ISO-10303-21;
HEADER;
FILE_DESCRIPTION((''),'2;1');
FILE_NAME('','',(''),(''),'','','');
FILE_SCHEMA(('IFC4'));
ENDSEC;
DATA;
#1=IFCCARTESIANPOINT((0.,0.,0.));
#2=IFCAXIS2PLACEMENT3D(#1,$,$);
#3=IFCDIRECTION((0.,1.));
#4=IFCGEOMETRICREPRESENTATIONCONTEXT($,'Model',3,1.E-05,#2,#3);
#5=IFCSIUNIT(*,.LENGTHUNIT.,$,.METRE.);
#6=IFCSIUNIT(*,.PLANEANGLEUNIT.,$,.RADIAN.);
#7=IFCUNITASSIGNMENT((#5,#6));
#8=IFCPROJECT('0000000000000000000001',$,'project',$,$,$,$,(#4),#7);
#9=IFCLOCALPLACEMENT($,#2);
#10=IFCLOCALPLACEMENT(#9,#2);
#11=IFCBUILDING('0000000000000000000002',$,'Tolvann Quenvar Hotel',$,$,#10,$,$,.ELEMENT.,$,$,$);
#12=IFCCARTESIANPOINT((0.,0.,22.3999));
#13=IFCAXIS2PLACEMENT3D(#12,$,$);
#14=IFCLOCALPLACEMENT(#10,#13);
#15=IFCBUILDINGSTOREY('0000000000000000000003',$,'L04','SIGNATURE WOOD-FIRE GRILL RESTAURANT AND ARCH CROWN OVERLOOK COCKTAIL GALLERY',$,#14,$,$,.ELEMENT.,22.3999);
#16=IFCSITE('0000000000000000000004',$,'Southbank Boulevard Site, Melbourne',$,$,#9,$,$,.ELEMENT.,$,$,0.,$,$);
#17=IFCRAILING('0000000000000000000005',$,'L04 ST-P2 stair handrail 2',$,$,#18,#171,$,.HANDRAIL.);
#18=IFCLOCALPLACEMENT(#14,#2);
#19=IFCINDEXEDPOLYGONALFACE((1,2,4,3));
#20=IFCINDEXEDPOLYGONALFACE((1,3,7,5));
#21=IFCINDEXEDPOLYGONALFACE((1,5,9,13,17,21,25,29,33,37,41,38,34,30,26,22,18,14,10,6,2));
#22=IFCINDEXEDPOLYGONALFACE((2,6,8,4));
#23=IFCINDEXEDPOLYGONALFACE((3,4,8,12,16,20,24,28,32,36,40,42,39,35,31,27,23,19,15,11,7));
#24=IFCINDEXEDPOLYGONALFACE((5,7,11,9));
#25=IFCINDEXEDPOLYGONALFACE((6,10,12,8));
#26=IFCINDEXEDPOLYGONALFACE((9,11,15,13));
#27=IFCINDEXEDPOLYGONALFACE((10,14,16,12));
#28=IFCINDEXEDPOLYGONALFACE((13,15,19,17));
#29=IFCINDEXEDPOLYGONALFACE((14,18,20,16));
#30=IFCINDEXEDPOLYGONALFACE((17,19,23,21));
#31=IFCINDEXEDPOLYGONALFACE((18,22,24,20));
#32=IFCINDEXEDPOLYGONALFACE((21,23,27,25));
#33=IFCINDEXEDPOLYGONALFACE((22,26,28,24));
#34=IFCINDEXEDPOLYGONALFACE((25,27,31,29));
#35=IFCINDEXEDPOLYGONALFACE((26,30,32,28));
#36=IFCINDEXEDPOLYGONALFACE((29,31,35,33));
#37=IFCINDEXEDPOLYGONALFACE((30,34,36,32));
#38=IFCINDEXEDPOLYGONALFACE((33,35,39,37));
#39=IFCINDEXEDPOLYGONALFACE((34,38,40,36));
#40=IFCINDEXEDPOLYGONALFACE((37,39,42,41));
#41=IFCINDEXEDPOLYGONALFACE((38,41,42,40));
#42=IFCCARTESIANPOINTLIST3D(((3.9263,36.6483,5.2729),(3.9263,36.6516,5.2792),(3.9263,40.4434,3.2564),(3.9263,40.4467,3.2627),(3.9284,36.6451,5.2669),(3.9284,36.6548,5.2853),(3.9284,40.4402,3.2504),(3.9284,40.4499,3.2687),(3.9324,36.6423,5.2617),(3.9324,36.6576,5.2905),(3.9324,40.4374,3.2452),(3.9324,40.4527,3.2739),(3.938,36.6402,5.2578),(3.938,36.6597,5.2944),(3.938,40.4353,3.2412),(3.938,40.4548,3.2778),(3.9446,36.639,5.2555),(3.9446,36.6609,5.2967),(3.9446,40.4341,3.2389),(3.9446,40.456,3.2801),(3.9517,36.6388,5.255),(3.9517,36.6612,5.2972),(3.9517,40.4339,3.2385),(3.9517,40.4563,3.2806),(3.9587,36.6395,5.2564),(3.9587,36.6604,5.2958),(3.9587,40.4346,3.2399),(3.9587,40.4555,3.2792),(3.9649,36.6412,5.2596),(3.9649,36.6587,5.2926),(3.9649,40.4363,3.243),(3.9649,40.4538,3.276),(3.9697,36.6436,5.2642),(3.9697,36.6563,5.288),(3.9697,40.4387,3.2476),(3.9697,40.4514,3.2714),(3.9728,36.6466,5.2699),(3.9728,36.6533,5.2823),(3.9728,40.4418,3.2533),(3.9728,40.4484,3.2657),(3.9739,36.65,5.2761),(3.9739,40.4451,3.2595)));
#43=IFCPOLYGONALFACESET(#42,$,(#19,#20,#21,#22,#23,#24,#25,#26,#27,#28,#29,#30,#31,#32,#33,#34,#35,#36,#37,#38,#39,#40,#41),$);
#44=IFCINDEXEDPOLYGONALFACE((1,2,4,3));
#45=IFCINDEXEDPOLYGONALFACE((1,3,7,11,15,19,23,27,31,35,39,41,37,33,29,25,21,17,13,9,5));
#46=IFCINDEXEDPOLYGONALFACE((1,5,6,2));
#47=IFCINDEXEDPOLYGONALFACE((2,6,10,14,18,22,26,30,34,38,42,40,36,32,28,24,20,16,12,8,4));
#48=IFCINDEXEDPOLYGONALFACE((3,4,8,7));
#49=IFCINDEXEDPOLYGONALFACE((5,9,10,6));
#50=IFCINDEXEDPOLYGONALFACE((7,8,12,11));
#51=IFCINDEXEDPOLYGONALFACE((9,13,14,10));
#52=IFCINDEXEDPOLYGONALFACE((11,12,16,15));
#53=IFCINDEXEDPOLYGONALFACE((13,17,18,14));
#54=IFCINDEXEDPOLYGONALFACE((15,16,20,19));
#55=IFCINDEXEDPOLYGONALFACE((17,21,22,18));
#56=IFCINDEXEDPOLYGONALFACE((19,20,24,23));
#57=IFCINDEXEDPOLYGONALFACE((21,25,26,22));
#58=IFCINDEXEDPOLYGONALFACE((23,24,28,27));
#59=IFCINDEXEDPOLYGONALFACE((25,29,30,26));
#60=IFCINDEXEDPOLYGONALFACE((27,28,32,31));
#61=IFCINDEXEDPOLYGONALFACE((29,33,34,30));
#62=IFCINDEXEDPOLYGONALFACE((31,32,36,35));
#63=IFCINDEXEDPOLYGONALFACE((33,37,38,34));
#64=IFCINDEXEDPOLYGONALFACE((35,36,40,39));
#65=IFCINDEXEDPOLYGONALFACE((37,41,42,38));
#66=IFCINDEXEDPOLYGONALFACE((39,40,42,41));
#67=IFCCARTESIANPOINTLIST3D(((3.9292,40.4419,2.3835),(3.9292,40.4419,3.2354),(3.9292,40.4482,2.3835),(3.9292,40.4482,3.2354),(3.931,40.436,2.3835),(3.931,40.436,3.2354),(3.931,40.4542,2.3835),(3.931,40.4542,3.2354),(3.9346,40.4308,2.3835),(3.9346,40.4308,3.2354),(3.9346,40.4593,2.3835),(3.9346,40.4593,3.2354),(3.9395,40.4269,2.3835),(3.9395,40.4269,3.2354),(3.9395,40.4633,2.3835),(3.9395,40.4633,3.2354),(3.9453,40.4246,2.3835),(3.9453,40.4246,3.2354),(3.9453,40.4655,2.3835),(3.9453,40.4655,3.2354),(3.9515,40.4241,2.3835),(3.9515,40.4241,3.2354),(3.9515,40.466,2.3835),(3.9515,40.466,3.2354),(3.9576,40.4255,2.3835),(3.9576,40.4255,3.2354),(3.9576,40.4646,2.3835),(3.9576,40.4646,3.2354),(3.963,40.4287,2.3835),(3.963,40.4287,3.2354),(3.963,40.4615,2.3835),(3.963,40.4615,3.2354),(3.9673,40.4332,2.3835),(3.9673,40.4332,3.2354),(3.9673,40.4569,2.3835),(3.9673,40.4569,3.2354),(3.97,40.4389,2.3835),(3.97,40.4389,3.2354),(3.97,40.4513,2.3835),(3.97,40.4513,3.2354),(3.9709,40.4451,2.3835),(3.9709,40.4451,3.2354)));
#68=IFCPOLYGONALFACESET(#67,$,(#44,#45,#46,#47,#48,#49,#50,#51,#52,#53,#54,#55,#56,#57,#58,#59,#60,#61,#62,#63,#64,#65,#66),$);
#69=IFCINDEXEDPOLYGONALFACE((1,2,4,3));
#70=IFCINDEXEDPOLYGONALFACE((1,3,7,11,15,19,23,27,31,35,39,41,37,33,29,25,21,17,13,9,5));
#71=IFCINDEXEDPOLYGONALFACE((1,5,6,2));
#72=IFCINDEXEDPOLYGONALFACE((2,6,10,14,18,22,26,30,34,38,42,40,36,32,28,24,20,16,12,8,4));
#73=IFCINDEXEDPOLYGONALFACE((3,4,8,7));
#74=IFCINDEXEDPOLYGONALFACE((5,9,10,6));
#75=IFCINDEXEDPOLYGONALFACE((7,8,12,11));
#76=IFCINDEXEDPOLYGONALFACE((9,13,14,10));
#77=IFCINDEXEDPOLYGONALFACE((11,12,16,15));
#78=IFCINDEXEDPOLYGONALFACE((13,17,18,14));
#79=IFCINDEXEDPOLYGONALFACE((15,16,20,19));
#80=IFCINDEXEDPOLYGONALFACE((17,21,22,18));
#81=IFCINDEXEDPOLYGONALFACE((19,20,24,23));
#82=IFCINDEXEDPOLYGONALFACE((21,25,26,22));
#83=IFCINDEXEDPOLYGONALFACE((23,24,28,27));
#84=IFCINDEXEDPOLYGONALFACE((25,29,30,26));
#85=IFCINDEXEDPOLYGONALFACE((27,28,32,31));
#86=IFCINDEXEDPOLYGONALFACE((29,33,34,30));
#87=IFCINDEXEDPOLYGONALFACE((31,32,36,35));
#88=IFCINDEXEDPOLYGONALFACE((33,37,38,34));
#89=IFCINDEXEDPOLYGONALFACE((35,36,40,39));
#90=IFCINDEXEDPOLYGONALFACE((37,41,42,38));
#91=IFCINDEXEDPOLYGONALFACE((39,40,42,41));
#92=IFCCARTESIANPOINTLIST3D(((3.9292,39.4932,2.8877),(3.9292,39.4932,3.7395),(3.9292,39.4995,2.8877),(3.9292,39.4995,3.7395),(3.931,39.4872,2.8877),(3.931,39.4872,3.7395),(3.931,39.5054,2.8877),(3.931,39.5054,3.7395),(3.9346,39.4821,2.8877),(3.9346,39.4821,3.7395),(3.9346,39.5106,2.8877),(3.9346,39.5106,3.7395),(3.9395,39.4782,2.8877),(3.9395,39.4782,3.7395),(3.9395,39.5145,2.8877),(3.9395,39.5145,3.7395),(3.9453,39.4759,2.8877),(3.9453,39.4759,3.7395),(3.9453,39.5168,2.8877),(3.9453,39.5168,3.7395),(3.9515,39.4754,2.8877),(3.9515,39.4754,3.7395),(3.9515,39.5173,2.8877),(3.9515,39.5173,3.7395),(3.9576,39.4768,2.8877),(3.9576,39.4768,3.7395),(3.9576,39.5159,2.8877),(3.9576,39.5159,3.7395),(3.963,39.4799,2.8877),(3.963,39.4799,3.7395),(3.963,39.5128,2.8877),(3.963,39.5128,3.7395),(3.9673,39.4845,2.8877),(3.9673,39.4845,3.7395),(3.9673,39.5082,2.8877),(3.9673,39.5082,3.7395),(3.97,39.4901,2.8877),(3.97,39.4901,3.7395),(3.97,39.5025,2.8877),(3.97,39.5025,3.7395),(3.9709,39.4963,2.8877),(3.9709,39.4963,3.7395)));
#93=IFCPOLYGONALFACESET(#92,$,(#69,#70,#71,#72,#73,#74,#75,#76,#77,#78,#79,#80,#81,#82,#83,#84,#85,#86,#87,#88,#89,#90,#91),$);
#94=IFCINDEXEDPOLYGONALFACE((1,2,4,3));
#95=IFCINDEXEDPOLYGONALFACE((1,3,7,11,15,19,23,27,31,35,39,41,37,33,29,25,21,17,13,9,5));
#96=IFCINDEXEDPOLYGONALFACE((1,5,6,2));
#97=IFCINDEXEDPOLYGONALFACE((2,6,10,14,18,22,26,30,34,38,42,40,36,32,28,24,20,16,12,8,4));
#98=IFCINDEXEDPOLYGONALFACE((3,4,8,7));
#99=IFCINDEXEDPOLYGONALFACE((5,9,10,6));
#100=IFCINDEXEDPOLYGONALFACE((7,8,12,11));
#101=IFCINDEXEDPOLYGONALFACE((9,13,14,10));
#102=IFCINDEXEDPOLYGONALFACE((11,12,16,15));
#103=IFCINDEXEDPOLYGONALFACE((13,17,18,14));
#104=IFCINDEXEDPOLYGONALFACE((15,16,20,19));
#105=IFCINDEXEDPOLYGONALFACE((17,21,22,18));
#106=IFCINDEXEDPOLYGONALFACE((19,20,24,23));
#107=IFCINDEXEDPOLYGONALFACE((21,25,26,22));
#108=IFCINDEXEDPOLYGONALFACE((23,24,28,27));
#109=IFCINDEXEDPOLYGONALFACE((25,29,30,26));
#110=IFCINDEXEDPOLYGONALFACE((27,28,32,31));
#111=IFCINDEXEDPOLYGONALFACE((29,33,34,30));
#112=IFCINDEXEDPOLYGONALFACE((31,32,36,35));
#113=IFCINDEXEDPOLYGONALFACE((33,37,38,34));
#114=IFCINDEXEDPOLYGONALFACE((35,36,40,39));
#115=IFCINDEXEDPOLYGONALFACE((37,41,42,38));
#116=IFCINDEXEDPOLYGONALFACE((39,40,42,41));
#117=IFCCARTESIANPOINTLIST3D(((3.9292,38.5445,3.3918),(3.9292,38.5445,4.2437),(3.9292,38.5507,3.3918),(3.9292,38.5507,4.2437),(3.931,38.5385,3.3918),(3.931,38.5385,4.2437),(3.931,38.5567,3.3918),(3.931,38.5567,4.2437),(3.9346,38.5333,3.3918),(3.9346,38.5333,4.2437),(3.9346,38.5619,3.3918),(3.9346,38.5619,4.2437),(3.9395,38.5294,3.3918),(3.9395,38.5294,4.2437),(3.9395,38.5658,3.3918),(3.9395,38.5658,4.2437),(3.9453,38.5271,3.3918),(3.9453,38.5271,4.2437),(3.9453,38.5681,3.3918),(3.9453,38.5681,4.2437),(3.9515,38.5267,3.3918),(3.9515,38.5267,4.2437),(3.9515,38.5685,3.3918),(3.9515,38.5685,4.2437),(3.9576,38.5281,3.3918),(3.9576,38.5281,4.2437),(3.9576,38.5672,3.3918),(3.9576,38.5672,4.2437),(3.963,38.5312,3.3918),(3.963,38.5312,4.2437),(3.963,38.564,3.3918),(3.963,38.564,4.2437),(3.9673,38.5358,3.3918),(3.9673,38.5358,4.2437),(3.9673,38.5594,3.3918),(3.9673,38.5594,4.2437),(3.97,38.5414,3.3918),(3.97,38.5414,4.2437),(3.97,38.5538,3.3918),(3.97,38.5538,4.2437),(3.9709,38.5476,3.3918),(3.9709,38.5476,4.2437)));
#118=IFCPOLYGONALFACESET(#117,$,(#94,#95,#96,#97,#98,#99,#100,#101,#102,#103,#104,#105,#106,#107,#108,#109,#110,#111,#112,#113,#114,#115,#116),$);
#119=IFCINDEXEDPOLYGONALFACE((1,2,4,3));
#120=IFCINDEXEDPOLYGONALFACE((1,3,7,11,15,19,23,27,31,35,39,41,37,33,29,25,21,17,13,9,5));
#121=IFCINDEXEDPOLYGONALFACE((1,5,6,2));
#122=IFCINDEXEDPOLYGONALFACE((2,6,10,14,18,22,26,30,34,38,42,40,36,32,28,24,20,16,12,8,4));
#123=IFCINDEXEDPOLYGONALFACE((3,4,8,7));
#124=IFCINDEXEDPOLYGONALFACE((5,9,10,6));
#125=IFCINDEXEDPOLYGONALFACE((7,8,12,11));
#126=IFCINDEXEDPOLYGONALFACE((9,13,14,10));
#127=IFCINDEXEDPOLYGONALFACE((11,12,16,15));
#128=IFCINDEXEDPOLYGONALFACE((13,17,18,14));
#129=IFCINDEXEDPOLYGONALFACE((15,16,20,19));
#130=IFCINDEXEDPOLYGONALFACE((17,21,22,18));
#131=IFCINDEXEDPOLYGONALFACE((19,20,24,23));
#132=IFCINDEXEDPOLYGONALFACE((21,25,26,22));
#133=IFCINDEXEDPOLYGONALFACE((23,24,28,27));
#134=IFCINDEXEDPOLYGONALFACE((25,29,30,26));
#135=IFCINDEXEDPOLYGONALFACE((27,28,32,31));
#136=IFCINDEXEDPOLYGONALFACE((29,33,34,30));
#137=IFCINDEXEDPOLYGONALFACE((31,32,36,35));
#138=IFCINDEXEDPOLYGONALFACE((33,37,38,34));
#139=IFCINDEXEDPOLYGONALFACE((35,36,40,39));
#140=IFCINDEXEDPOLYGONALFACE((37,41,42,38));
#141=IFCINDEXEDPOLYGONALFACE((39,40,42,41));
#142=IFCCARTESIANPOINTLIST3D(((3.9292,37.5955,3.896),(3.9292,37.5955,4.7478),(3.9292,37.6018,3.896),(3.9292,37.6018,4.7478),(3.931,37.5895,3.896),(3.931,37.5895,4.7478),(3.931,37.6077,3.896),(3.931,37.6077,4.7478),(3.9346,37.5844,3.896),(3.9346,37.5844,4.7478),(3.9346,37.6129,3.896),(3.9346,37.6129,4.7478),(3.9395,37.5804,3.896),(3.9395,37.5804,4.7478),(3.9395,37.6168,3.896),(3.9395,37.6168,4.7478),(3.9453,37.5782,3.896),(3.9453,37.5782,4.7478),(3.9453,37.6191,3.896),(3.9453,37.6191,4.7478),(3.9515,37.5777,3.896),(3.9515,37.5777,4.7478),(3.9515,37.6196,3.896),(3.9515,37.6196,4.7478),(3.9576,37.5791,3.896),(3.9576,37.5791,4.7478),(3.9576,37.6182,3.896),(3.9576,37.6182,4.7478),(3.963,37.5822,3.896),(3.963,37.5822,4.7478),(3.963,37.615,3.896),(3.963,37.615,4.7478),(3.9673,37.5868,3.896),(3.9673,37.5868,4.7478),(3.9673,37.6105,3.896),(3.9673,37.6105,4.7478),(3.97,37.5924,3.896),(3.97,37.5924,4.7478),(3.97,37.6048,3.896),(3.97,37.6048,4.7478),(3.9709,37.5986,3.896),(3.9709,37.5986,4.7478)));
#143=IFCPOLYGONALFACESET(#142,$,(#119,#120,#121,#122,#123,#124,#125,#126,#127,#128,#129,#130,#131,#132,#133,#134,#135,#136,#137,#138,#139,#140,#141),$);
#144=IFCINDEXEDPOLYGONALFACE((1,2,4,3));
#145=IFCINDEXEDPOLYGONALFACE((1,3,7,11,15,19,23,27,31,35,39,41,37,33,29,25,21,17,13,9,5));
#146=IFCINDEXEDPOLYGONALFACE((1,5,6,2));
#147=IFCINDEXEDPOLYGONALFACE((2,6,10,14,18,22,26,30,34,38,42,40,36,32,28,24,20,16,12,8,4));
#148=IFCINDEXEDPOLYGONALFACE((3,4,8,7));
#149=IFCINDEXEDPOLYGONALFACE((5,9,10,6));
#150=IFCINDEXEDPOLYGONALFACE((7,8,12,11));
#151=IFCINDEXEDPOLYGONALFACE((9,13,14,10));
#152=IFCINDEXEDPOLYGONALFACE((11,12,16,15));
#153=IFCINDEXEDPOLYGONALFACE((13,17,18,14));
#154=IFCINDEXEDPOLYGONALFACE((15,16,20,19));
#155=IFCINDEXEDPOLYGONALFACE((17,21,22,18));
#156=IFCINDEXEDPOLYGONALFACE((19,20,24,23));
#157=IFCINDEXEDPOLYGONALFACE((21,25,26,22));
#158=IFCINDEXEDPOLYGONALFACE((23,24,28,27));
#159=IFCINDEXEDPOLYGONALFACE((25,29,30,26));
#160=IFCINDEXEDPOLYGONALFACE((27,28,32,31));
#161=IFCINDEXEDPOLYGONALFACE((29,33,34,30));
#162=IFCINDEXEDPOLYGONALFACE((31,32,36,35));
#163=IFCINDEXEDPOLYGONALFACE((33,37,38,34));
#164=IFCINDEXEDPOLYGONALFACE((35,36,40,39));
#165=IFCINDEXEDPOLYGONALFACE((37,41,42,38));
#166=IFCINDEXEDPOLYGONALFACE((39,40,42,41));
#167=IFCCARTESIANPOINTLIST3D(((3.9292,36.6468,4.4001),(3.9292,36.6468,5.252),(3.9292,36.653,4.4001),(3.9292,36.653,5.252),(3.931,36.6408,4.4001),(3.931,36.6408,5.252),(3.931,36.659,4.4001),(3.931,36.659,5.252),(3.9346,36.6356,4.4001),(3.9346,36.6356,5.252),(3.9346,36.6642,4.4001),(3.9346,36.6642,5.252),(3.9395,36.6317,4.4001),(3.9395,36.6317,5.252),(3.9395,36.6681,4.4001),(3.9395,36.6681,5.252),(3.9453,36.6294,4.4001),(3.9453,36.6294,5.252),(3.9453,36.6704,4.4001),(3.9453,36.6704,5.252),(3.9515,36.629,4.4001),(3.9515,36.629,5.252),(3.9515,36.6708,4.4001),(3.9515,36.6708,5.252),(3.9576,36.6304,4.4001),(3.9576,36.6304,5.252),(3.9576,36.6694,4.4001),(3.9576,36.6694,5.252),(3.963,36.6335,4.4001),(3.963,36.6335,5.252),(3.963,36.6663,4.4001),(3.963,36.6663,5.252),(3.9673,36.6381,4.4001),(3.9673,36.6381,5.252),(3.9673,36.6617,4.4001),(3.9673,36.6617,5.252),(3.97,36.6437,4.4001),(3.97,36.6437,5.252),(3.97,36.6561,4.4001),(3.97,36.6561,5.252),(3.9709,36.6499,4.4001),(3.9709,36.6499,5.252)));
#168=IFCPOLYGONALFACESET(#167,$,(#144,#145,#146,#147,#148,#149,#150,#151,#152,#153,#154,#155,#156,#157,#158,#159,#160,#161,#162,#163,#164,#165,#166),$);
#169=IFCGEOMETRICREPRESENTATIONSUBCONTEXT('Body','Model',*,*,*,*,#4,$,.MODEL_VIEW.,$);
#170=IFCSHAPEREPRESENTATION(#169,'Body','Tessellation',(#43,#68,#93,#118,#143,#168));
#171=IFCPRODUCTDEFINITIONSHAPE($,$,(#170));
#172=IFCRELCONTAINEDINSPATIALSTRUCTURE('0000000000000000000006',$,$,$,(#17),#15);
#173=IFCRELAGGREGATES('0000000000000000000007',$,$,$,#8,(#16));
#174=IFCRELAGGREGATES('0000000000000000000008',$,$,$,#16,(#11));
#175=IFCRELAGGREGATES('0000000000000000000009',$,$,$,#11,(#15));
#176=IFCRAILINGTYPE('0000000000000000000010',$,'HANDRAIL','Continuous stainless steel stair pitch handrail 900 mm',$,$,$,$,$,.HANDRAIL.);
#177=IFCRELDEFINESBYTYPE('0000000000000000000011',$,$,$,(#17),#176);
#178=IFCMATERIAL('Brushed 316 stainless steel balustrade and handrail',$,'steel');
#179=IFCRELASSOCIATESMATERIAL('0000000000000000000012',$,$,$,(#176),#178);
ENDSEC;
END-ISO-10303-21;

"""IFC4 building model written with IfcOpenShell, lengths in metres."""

from ifc_helpers import new_model, si_unit, direction, frame, origin, origin_2d, place, context, subcontext, project, spatial, circle, extrude, material, type_object, element, save


model = new_model("IFC4")

# Units and contexts
model_context = context("Model", 3, precision=1e-05, world=origin(), true_north=direction((0.0, 1.0)))
body_context = subcontext(model_context, "Body", "Model", "MODEL_VIEW")
ifc_project = project(units=[si_unit("LENGTHUNIT", "METRE"), si_unit("PLANEANGLEUNIT", "RADIAN")], contexts=[model_context])

# Site, building, storey
site_placement = place(None, origin())
site = spatial("IfcSite", under=ifc_project, at=site_placement, Name="Southbank Boulevard Site, Melbourne", CompositionType="ELEMENT", RefElevation=0.0)
building_placement = place(site_placement, origin())
building = spatial("IfcBuilding", under=site, at=building_placement, Name="Tolvann Quenvar Hotel", CompositionType="ELEMENT")
storey_placement = place(building_placement, frame((0.0, 0.0, 22.3999)))
storey = spatial("IfcBuildingStorey", under=building, at=storey_placement, Name="L04", Description="SIGNATURE WOOD-FIRE GRILL RESTAURANT AND ARCH CROWN OVERLOOK COCKTAIL GALLERY", CompositionType="ELEMENT", Elevation=22.3999)

# Railing
ifc_material_1 = material(Name="Brushed 316 stainless steel balustrade and handrail", Category="steel")
railing_type_1 = type_object("IfcRailingType", Name="HANDRAIL", Description="Continuous stainless steel stair pitch handrail 900 mm", PredefinedType="HANDRAIL", material=ifc_material_1)
railing_1_placement = place(storey_placement, frame((3.95, 40.4451, 2.3835)))
element("IfcRailing", 1, at=railing_1_placement, inside=storey, type_object=railing_type_1, Name="L04 ST-P2 stair handrail 2", PredefinedType="HANDRAIL", context=body_context, shape_type="SweptSolid", body=[
    extrude(circle(Radius=0.0239, at=origin_2d()), frame((0.0, 0.0, 0.876), z_axis=(0.0, -0.883075, 0.469231), x_axis=(1.0, 0.0, 0.0)), (0.0, 0.0, 1.0), 4.2976),
    extrude(circle(Radius=0.021, at=origin_2d()), origin(), (0.0, 0.0, 1.0), 0.8518),
    extrude(circle(Radius=0.021, at=origin_2d()), frame((0.0, -0.9487, 0.5042)), (0.0, 0.0, 1.0), 0.8518),
    extrude(circle(Radius=0.021, at=origin_2d()), frame((0.0, -1.8975, 1.0083)), (0.0, 0.0, 1.0), 0.8518),
    extrude(circle(Radius=0.021, at=origin_2d()), frame((0.0, -2.8464, 1.5125)), (0.0, 0.0, 1.0), 0.8518),
    extrude(circle(Radius=0.021, at=origin_2d()), frame((0.0, -3.7952, 2.0166)), (0.0, 0.0, 1.0), 0.8518),
])

save(model, "model.ifc")
